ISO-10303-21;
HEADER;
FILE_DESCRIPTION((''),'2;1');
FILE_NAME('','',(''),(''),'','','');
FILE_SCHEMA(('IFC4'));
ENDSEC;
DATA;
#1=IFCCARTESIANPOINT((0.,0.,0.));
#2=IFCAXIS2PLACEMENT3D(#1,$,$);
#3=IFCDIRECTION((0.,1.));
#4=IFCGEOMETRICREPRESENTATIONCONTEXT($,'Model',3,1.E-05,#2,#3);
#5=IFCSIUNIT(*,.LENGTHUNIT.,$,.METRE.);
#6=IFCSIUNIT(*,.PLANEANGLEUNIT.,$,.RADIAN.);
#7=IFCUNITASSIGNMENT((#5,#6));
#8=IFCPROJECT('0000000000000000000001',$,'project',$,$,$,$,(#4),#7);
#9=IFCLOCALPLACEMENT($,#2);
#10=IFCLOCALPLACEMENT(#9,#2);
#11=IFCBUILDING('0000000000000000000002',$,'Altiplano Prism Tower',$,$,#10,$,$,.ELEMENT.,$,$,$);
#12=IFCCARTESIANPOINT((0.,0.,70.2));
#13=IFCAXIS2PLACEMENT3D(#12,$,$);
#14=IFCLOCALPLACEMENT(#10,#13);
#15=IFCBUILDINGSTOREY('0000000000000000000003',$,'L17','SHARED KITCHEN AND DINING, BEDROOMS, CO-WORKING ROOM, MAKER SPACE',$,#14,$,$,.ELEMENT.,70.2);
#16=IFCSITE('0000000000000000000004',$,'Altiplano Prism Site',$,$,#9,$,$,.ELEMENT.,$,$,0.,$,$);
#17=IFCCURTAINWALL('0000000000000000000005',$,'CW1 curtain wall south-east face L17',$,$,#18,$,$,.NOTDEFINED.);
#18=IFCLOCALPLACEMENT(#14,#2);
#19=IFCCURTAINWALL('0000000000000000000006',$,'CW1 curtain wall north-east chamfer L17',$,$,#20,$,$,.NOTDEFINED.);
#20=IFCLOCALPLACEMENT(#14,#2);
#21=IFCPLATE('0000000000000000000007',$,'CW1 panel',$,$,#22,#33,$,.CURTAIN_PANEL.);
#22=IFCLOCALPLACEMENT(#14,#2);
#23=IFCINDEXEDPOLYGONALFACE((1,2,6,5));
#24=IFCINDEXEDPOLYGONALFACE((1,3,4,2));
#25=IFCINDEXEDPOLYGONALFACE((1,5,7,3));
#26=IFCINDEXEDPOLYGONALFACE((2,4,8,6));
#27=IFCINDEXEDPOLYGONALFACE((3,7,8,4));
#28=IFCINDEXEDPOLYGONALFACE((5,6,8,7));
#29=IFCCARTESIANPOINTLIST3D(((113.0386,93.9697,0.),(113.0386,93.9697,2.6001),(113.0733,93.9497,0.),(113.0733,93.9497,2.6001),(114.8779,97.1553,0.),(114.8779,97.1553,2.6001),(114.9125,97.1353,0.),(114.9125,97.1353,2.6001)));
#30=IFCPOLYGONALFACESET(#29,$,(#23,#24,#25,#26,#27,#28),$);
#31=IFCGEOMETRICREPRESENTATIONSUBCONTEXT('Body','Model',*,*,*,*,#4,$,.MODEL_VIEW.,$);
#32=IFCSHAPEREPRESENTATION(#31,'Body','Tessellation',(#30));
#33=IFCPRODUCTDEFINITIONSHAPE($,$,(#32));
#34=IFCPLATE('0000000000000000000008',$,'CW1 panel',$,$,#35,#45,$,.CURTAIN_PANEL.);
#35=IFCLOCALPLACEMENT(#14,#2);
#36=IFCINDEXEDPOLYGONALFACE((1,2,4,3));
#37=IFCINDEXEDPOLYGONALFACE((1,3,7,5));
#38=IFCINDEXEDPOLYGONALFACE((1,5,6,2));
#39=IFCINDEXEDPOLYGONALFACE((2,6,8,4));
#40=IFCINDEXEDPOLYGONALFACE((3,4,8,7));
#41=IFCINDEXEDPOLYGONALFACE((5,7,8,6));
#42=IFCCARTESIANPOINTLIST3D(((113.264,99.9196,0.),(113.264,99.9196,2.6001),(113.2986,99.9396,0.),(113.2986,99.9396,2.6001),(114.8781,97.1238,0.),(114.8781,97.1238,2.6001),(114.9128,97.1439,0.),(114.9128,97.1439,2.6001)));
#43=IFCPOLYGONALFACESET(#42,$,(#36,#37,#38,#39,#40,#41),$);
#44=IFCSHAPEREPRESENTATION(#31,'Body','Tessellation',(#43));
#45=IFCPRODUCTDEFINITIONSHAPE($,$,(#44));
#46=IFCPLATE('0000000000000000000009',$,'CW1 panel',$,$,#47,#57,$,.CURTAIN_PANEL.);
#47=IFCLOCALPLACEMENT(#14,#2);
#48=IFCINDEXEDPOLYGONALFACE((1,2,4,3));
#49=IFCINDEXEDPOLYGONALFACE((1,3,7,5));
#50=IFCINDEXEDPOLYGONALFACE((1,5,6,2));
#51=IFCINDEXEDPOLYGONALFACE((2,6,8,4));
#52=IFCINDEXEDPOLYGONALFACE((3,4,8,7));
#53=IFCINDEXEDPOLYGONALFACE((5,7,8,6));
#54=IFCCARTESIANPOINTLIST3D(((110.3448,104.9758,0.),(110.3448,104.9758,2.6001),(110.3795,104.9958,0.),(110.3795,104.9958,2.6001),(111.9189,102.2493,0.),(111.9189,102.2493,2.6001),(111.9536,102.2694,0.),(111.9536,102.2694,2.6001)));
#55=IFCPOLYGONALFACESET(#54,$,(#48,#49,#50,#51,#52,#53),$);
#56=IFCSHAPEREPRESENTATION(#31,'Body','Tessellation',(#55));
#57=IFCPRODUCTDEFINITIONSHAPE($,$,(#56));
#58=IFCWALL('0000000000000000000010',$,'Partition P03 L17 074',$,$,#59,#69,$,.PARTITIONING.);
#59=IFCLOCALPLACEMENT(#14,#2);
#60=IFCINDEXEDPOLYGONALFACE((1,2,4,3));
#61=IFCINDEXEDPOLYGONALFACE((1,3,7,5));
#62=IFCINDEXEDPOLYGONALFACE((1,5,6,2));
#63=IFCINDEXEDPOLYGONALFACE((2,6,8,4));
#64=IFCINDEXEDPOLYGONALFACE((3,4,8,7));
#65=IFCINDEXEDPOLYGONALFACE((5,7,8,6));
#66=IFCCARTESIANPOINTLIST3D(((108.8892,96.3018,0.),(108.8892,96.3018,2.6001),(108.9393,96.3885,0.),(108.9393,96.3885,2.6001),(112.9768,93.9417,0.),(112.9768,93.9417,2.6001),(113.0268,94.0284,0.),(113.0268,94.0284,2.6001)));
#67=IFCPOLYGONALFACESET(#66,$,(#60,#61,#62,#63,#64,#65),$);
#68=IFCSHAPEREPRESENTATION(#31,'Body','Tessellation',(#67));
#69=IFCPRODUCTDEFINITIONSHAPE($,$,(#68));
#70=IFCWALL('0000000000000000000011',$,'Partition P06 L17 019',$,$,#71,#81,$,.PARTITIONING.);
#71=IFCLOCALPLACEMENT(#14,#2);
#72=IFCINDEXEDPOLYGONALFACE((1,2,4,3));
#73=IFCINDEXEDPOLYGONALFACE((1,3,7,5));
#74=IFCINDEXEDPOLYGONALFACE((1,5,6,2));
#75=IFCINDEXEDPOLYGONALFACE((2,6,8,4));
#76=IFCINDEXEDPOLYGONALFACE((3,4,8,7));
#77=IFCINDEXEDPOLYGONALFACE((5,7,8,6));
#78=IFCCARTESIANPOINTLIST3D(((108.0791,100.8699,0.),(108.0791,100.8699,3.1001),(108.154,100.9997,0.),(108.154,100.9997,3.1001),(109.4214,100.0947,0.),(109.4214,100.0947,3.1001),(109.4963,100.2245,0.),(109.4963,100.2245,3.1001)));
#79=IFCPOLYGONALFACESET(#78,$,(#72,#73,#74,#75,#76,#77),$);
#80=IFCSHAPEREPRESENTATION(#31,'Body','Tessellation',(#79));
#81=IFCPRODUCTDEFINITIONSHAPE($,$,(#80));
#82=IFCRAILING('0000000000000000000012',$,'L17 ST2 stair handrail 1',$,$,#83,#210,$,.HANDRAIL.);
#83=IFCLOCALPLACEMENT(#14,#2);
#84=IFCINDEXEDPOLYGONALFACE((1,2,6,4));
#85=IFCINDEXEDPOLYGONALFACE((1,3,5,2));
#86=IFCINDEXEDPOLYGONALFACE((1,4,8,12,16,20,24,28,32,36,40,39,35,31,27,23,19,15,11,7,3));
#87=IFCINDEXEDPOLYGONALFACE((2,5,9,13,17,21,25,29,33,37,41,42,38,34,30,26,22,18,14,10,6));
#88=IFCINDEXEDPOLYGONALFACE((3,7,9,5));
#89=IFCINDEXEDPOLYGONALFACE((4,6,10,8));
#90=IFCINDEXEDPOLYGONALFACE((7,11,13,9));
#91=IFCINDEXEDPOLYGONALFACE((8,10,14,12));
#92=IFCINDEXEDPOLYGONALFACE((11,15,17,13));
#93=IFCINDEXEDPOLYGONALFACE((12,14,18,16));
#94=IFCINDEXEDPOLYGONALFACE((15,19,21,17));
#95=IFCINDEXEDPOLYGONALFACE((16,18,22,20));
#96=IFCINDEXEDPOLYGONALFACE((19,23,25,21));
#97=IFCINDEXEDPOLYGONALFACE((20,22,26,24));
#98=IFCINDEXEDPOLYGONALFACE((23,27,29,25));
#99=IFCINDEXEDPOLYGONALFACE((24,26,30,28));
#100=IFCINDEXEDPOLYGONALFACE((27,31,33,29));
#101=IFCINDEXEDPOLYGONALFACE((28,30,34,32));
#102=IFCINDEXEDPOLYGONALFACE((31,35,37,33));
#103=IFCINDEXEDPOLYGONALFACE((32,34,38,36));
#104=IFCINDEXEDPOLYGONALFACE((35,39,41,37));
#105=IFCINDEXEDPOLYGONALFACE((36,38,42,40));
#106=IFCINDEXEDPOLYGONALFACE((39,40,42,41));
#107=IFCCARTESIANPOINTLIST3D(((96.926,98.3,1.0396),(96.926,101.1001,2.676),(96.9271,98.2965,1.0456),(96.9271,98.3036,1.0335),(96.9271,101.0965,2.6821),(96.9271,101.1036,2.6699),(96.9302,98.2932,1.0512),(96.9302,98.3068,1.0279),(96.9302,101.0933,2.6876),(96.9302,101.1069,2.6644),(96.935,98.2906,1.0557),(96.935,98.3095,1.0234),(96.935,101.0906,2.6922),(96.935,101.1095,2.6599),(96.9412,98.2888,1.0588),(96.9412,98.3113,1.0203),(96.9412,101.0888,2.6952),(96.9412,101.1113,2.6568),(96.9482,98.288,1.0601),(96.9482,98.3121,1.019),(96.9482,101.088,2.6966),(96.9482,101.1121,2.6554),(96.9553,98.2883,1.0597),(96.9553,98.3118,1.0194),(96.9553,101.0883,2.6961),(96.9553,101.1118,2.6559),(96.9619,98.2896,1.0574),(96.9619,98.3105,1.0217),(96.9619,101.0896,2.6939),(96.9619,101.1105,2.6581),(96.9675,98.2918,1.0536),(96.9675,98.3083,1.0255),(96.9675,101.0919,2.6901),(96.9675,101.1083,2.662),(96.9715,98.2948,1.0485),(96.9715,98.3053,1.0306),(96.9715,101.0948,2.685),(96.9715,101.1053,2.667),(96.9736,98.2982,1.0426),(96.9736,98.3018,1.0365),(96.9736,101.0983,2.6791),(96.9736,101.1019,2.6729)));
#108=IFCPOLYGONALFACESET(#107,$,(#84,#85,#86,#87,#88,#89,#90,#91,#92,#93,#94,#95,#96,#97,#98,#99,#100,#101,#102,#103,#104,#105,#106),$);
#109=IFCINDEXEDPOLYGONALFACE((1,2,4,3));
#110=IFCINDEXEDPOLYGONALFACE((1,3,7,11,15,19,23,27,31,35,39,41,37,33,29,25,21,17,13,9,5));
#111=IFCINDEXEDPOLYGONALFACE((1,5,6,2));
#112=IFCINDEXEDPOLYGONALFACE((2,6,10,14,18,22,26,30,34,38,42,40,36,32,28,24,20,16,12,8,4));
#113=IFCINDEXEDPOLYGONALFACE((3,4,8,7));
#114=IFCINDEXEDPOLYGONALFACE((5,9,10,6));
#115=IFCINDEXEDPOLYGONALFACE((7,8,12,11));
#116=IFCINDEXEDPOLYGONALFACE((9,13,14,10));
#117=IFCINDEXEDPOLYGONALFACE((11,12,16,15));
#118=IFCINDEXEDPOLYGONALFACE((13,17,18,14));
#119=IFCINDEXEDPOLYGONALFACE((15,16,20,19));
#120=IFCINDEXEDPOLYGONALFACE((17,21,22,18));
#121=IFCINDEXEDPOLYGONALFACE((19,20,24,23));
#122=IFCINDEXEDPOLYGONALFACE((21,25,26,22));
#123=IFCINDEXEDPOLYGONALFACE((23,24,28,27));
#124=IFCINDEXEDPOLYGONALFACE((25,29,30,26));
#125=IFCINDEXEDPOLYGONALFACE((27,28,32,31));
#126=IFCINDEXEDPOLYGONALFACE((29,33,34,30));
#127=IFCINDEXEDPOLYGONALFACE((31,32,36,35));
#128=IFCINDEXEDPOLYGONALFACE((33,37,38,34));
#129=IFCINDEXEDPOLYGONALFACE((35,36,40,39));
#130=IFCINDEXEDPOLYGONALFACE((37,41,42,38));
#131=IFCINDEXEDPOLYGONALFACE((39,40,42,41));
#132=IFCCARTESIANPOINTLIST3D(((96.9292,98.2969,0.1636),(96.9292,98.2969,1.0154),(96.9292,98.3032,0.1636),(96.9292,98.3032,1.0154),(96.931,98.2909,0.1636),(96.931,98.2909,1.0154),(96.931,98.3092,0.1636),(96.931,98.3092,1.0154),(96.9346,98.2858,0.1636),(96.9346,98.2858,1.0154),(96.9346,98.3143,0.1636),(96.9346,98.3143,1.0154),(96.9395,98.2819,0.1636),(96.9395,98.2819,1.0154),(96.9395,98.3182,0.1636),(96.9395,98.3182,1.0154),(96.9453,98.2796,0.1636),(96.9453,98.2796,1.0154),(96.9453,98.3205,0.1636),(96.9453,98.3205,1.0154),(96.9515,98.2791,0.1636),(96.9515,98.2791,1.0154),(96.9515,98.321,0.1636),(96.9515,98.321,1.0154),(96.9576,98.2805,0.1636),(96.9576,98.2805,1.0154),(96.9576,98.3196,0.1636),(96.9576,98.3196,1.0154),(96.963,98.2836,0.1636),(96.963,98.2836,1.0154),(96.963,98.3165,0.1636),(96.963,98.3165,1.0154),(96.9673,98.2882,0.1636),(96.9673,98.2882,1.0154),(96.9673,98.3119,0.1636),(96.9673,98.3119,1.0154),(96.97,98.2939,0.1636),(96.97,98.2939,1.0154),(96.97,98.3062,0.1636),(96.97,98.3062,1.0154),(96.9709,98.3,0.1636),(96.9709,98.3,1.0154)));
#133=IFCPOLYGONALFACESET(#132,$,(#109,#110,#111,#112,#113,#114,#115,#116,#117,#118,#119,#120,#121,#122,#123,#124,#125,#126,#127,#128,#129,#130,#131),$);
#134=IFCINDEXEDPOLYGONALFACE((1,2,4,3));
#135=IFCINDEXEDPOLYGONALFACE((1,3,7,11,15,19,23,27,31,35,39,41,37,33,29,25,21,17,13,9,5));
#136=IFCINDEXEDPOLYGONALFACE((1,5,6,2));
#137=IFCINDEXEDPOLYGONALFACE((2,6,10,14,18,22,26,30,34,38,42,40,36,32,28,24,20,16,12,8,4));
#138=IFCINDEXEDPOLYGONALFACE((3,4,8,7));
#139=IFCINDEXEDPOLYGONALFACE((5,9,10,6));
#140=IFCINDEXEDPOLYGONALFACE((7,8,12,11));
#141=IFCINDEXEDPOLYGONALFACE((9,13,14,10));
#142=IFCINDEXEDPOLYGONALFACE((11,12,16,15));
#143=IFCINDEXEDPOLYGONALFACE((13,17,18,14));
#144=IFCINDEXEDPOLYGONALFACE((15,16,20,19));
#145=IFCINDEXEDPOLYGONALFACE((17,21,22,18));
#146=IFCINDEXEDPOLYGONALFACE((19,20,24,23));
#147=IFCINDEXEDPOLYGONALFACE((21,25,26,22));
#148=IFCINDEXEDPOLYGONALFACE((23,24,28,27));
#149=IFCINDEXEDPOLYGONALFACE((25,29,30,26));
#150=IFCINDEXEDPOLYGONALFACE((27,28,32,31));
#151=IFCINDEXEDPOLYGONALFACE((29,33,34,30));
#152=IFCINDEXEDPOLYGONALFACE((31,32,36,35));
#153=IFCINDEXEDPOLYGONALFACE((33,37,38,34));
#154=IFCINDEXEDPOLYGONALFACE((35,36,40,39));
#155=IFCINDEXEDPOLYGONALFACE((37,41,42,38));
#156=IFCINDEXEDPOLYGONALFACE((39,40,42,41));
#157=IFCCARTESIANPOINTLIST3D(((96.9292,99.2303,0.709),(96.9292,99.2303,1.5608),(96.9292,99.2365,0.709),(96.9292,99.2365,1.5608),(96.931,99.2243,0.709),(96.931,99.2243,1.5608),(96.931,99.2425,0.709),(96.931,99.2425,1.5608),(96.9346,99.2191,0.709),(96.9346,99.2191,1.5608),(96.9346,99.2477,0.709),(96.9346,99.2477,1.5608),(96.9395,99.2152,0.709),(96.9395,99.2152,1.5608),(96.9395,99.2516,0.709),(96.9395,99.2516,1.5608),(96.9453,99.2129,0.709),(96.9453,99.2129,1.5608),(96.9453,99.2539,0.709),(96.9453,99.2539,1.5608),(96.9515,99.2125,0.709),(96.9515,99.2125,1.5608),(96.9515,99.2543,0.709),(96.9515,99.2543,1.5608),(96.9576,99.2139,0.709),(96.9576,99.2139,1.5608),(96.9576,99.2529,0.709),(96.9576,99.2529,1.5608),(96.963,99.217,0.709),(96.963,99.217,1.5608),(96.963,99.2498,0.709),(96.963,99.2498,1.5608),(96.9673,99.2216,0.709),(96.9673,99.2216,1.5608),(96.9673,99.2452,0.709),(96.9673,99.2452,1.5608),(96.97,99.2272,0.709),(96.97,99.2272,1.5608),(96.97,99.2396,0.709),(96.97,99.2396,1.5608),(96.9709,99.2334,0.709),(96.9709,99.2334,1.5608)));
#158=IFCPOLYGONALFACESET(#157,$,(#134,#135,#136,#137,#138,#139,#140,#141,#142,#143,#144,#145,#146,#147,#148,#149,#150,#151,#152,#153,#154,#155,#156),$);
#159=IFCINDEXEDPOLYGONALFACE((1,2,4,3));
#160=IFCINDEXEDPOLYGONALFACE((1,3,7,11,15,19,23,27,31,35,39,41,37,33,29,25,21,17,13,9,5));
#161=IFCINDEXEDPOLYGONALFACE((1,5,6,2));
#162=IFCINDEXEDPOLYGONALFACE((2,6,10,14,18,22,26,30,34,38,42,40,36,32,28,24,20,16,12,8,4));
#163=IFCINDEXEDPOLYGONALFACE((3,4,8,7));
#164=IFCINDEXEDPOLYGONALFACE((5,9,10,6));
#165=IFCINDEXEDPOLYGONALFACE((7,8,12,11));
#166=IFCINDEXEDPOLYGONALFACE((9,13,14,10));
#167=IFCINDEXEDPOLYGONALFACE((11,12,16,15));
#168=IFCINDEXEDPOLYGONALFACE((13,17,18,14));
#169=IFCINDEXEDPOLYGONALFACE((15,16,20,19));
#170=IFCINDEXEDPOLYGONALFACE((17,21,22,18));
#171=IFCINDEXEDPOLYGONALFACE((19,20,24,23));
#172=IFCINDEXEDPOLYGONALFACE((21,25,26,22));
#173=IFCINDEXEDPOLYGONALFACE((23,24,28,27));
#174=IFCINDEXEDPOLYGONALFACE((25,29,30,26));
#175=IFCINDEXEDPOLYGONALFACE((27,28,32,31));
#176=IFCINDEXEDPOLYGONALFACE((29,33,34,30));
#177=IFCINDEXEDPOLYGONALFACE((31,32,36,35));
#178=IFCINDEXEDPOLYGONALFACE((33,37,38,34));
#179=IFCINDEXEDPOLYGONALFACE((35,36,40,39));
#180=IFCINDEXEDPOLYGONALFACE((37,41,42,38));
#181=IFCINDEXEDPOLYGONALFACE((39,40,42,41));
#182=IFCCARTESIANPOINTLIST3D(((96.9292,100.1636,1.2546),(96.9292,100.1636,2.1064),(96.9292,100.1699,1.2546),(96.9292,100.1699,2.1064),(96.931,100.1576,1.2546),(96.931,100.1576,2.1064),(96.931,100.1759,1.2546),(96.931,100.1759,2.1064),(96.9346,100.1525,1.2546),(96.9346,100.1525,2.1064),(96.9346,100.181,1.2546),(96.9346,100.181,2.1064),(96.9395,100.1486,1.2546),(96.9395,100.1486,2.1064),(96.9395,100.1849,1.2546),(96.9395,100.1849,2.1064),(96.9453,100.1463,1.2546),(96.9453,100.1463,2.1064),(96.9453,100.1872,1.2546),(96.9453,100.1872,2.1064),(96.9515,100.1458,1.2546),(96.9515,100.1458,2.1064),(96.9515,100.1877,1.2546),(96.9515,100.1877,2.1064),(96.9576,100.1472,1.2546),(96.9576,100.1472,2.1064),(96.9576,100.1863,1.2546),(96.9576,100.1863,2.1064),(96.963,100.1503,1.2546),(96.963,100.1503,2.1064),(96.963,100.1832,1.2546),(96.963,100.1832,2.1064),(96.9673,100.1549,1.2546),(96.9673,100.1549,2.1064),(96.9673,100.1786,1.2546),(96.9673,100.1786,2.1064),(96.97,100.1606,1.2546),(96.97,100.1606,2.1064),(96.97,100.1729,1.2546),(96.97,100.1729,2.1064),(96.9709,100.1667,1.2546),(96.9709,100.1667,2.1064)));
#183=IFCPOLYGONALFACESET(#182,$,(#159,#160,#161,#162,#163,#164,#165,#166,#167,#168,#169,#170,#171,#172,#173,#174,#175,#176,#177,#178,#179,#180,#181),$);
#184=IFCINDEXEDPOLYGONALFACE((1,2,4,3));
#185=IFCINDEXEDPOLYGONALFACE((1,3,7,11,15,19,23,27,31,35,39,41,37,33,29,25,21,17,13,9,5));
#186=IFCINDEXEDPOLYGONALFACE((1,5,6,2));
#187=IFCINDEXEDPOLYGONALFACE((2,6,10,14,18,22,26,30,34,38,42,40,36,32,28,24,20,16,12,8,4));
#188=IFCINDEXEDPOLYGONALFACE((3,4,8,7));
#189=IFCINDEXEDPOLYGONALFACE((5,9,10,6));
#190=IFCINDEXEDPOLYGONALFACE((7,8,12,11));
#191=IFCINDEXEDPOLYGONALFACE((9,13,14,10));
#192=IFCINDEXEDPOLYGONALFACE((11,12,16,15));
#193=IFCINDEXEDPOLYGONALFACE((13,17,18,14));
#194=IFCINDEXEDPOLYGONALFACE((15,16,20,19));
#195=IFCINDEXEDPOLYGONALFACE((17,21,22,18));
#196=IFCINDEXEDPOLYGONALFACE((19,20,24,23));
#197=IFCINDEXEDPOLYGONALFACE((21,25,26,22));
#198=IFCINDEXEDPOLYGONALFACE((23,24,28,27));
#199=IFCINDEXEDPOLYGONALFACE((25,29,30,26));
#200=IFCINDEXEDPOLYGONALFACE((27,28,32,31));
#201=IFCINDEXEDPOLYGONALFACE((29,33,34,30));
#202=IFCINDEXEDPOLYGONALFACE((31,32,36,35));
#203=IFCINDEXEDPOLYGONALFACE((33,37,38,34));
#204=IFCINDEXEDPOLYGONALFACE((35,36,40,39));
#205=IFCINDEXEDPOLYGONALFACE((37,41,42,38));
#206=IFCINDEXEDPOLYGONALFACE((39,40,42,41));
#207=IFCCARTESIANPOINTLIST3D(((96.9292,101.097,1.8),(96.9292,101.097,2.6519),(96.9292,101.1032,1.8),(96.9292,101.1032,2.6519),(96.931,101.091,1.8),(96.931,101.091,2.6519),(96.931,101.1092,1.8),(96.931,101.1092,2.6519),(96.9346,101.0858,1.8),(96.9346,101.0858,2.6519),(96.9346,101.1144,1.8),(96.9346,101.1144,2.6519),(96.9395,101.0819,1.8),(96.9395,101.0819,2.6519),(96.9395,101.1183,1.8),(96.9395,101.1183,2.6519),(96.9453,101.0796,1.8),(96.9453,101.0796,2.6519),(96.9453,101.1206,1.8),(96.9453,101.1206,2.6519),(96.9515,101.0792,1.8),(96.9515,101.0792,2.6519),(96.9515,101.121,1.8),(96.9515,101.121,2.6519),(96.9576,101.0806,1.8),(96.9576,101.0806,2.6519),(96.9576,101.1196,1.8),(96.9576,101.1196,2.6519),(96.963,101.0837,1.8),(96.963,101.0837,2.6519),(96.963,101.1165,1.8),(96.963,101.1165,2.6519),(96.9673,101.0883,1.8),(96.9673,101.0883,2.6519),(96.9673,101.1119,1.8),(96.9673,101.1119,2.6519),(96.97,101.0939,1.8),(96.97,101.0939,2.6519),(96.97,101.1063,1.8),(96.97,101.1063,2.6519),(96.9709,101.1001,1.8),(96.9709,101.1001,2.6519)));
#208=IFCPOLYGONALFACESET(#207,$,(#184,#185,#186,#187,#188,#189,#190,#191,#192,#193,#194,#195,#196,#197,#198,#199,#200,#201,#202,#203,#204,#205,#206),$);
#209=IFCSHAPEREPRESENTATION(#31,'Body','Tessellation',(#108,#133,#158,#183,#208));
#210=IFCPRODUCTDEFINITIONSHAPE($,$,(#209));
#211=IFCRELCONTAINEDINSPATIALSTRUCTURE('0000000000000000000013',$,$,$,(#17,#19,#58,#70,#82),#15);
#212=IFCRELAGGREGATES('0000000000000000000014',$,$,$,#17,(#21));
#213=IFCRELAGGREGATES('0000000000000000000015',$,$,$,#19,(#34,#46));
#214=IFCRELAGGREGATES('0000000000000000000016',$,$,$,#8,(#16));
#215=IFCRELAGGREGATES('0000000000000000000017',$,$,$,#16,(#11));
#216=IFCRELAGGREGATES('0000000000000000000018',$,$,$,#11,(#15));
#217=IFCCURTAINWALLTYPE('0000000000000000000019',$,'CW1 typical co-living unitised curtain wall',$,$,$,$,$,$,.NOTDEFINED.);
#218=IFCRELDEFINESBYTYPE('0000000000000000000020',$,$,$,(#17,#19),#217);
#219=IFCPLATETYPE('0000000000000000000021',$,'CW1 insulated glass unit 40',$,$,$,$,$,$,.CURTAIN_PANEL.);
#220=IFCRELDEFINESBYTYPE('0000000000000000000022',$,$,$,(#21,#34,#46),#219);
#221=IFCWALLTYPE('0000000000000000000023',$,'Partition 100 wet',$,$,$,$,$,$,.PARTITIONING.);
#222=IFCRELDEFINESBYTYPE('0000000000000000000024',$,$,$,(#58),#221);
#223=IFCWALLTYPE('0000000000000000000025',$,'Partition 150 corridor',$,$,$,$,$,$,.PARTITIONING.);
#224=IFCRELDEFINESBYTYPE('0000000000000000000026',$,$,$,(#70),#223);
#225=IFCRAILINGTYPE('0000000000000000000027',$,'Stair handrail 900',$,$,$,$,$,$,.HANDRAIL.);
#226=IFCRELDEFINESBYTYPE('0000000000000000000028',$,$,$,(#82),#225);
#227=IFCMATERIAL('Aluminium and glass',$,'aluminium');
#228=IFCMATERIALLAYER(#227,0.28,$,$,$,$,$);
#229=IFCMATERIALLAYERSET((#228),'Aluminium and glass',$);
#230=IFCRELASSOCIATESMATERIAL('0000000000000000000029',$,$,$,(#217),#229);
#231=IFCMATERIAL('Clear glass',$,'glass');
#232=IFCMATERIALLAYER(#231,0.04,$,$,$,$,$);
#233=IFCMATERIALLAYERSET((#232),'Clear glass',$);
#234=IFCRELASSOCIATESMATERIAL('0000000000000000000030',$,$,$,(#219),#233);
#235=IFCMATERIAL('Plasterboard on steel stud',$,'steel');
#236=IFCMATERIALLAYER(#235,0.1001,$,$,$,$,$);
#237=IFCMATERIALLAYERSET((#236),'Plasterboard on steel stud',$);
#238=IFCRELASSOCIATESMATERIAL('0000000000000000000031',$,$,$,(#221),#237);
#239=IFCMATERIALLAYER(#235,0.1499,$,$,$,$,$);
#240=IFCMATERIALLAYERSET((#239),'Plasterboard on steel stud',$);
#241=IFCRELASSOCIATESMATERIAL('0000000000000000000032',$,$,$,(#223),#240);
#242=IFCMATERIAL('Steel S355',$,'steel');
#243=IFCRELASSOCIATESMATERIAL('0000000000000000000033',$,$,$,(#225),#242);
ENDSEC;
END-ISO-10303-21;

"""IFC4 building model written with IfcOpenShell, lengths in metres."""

from ifc_helpers import new_model, si_unit, direction, frame, frame_2d, origin, origin_2d, place, context, subcontext, project, spatial, rectangle, circle, extrude, material, layer, layer_set, type_object, element, aggregate, save


model = new_model("IFC4")

# Units and contexts
model_context = context("Model", 3, precision=1e-05, world=origin(), true_north=direction((0.0, 1.0)))
body_context = subcontext(model_context, "Body", "Model", "MODEL_VIEW")
ifc_project = project(units=[si_unit("LENGTHUNIT", "METRE"), si_unit("PLANEANGLEUNIT", "RADIAN")], contexts=[model_context])

# Site, building, storey
site_placement = place(None, origin())
site = spatial("IfcSite", under=ifc_project, at=site_placement, Name="Altiplano Prism Site", CompositionType="ELEMENT", RefElevation=0.0)
building_placement = place(site_placement, origin())
building = spatial("IfcBuilding", under=site, at=building_placement, Name="Altiplano Prism Tower", CompositionType="ELEMENT")
storey_placement = place(building_placement, frame((0.0, 0.0, 70.2)))
storey = spatial("IfcBuildingStorey", under=building, at=storey_placement, Name="L17", Description="SHARED KITCHEN AND DINING, BEDROOMS, CO-WORKING ROOM, MAKER SPACE", CompositionType="ELEMENT", Elevation=70.2)

# Curtain walls
ifc_material_1 = material(Name="Aluminium and glass", Category="aluminium")
ifc_layer_1 = layer(ifc_material_1, 0.28)
ifc_layer_set_1 = layer_set([ifc_layer_1], Name="Aluminium and glass")
curtain_wall_type = type_object("IfcCurtainWallType", Name="CW1 typical co-living unitised curtain wall", PredefinedType="NOTDEFINED", material=ifc_layer_set_1)
curtain_wall_1_placement = place(storey_placement, origin())
curtain_wall_1 = element("IfcCurtainWall", 1, at=curtain_wall_1_placement, inside=storey, type_object=curtain_wall_type, Name="CW1 curtain wall south-east face L17", PredefinedType="NOTDEFINED")
curtain_wall_2_placement = place(storey_placement, origin())
curtain_wall_2 = element("IfcCurtainWall", 2, at=curtain_wall_2_placement, inside=storey, type_object=curtain_wall_type, Name="CW1 curtain wall north-east chamfer L17", PredefinedType="NOTDEFINED")

# Plates
ifc_material_2 = material(Name="Clear glass", Category="glass")
ifc_layer_2 = layer(ifc_material_2, 0.04)
ifc_layer_set_2 = layer_set([ifc_layer_2], Name="Clear glass")
plate_type = type_object("IfcPlateType", Name="CW1 insulated glass unit 40", PredefinedType="CURTAIN_PANEL", material=ifc_layer_set_2)
plate_1_placement = place(storey_placement, frame((113.9756, 95.5525, 0.0), z_axis=(0.0, 0.0, 1.0), x_axis=(0.5, 0.866025, 0.0)))
plate_1 = element("IfcPlate", 3, at=plate_1_placement, type_object=plate_type, Name="CW1 panel", PredefinedType="CURTAIN_PANEL", context=body_context, shape_type="SweptSolid", body=[
    extrude(rectangle(XDim=3.6785, YDim=0.04, at=origin_2d()), origin(), (0.0, 0.0, 1.0), 2.6001),
])
aggregate(curtain_wall_1, [plate_1])
plate_2_placement = place(storey_placement, frame((114.0884, 98.5317, 0.0), z_axis=(0.0, 0.0, 1.0), x_axis=(-0.5, 0.866025, 0.0)))
plate_2 = element("IfcPlate", 4, at=plate_2_placement, type_object=plate_type, Name="CW1 panel", PredefinedType="CURTAIN_PANEL", context=body_context, shape_type="SweptSolid", body=[
    extrude(rectangle(XDim=3.2283, YDim=0.04, at=origin_2d()), origin(), (0.0, 0.0, 1.0), 2.6001),
])
plate_3_placement = place(storey_placement, frame((111.1492, 103.6226, 0.0), z_axis=(0.0, 0.0, 1.0), x_axis=(-0.5, 0.866025, 0.0)))
plate_3 = element("IfcPlate", 5, at=plate_3_placement, type_object=plate_type, Name="CW1 panel", PredefinedType="CURTAIN_PANEL", context=body_context, shape_type="SweptSolid", body=[
    extrude(rectangle(XDim=3.1482, YDim=0.04, at=origin_2d()), origin(), (0.0, 0.0, 1.0), 2.6001),
])
aggregate(curtain_wall_2, [plate_2, plate_3])

# Walls
ifc_material_3 = material(Name="Plasterboard on steel stud", Category="steel")
ifc_layer_3 = layer(ifc_material_3, 0.1001)
ifc_layer_set_3 = layer_set([ifc_layer_3], Name="Plasterboard on steel stud")
wall_type_1 = type_object("IfcWallType", Name="Partition 100 wet", PredefinedType="PARTITIONING", material=ifc_layer_set_3)
wall_1_placement = place(storey_placement, frame((113.0017, 93.9851, 0.0), z_axis=(0.0, 0.0, 1.0), x_axis=(-0.866016, 0.500016, 0.0)))
element("IfcWall", 6, at=wall_1_placement, inside=storey, type_object=wall_type_1, Name="Partition P03 L17 074", PredefinedType="PARTITIONING", context=body_context, shape_type="SweptSolid", body=[
    extrude(rectangle(XDim=4.72, YDim=0.1001, at=frame_2d((2.3599, 0.0))), origin(), (0.0, 0.0, 1.0), 2.6001),
])
ifc_layer_4 = layer(ifc_material_3, 0.1499)
ifc_layer_set_4 = layer_set([ifc_layer_4], Name="Plasterboard on steel stud")
wall_type_2 = type_object("IfcWallType", Name="Partition 150 corridor", PredefinedType="PARTITIONING", material=ifc_layer_set_4)
wall_2_placement = place(storey_placement, frame((109.4587, 100.1597, 0.0), z_axis=(0.0, 0.0, 1.0), x_axis=(-0.865976, 0.500086, 0.0)))
element("IfcWall", 7, at=wall_2_placement, inside=storey, type_object=wall_type_2, Name="Partition P06 L17 019", PredefinedType="PARTITIONING", context=body_context, shape_type="SweptSolid", body=[
    extrude(rectangle(XDim=1.55, YDim=0.1499, at=frame_2d((0.7749, 0.0))), origin(), (0.0, 0.0, 1.0), 3.1001),
])

# Railing
ifc_material_4 = material(Name="Steel S355", Category="steel")
railing_type = type_object("IfcRailingType", Name="Stair handrail 900", PredefinedType="HANDRAIL", material=ifc_material_4)
railing_placement = place(storey_placement, frame((96.95, 98.3, 0.1636)))
element("IfcRailing", 8, at=railing_placement, inside=storey, type_object=railing_type, Name="L17 ST2 stair handrail 1", PredefinedType="HANDRAIL", context=body_context, shape_type="SweptSolid", body=[
    extrude(circle(Radius=0.0239, at=origin_2d()), frame((0.0, 0.0, 0.876), z_axis=(0.0, 0.863361, 0.504587), x_axis=(-1.0, 0.0, 0.0)), (0.0, 0.0, 1.0), 3.2432),
    extrude(circle(Radius=0.021, at=origin_2d()), origin(), (0.0, 0.0, 1.0), 0.8518),
    extrude(circle(Radius=0.021, at=origin_2d()), frame((0.0, 0.9333, 0.5454)), (0.0, 0.0, 1.0), 0.8518),
    extrude(circle(Radius=0.021, at=origin_2d()), frame((0.0, 1.8667, 1.0911)), (0.0, 0.0, 1.0), 0.8518),
    extrude(circle(Radius=0.021, at=origin_2d()), frame((0.0, 2.8, 1.6365)), (0.0, 0.0, 1.0), 0.8518),
])

save(model, "model.ifc")
